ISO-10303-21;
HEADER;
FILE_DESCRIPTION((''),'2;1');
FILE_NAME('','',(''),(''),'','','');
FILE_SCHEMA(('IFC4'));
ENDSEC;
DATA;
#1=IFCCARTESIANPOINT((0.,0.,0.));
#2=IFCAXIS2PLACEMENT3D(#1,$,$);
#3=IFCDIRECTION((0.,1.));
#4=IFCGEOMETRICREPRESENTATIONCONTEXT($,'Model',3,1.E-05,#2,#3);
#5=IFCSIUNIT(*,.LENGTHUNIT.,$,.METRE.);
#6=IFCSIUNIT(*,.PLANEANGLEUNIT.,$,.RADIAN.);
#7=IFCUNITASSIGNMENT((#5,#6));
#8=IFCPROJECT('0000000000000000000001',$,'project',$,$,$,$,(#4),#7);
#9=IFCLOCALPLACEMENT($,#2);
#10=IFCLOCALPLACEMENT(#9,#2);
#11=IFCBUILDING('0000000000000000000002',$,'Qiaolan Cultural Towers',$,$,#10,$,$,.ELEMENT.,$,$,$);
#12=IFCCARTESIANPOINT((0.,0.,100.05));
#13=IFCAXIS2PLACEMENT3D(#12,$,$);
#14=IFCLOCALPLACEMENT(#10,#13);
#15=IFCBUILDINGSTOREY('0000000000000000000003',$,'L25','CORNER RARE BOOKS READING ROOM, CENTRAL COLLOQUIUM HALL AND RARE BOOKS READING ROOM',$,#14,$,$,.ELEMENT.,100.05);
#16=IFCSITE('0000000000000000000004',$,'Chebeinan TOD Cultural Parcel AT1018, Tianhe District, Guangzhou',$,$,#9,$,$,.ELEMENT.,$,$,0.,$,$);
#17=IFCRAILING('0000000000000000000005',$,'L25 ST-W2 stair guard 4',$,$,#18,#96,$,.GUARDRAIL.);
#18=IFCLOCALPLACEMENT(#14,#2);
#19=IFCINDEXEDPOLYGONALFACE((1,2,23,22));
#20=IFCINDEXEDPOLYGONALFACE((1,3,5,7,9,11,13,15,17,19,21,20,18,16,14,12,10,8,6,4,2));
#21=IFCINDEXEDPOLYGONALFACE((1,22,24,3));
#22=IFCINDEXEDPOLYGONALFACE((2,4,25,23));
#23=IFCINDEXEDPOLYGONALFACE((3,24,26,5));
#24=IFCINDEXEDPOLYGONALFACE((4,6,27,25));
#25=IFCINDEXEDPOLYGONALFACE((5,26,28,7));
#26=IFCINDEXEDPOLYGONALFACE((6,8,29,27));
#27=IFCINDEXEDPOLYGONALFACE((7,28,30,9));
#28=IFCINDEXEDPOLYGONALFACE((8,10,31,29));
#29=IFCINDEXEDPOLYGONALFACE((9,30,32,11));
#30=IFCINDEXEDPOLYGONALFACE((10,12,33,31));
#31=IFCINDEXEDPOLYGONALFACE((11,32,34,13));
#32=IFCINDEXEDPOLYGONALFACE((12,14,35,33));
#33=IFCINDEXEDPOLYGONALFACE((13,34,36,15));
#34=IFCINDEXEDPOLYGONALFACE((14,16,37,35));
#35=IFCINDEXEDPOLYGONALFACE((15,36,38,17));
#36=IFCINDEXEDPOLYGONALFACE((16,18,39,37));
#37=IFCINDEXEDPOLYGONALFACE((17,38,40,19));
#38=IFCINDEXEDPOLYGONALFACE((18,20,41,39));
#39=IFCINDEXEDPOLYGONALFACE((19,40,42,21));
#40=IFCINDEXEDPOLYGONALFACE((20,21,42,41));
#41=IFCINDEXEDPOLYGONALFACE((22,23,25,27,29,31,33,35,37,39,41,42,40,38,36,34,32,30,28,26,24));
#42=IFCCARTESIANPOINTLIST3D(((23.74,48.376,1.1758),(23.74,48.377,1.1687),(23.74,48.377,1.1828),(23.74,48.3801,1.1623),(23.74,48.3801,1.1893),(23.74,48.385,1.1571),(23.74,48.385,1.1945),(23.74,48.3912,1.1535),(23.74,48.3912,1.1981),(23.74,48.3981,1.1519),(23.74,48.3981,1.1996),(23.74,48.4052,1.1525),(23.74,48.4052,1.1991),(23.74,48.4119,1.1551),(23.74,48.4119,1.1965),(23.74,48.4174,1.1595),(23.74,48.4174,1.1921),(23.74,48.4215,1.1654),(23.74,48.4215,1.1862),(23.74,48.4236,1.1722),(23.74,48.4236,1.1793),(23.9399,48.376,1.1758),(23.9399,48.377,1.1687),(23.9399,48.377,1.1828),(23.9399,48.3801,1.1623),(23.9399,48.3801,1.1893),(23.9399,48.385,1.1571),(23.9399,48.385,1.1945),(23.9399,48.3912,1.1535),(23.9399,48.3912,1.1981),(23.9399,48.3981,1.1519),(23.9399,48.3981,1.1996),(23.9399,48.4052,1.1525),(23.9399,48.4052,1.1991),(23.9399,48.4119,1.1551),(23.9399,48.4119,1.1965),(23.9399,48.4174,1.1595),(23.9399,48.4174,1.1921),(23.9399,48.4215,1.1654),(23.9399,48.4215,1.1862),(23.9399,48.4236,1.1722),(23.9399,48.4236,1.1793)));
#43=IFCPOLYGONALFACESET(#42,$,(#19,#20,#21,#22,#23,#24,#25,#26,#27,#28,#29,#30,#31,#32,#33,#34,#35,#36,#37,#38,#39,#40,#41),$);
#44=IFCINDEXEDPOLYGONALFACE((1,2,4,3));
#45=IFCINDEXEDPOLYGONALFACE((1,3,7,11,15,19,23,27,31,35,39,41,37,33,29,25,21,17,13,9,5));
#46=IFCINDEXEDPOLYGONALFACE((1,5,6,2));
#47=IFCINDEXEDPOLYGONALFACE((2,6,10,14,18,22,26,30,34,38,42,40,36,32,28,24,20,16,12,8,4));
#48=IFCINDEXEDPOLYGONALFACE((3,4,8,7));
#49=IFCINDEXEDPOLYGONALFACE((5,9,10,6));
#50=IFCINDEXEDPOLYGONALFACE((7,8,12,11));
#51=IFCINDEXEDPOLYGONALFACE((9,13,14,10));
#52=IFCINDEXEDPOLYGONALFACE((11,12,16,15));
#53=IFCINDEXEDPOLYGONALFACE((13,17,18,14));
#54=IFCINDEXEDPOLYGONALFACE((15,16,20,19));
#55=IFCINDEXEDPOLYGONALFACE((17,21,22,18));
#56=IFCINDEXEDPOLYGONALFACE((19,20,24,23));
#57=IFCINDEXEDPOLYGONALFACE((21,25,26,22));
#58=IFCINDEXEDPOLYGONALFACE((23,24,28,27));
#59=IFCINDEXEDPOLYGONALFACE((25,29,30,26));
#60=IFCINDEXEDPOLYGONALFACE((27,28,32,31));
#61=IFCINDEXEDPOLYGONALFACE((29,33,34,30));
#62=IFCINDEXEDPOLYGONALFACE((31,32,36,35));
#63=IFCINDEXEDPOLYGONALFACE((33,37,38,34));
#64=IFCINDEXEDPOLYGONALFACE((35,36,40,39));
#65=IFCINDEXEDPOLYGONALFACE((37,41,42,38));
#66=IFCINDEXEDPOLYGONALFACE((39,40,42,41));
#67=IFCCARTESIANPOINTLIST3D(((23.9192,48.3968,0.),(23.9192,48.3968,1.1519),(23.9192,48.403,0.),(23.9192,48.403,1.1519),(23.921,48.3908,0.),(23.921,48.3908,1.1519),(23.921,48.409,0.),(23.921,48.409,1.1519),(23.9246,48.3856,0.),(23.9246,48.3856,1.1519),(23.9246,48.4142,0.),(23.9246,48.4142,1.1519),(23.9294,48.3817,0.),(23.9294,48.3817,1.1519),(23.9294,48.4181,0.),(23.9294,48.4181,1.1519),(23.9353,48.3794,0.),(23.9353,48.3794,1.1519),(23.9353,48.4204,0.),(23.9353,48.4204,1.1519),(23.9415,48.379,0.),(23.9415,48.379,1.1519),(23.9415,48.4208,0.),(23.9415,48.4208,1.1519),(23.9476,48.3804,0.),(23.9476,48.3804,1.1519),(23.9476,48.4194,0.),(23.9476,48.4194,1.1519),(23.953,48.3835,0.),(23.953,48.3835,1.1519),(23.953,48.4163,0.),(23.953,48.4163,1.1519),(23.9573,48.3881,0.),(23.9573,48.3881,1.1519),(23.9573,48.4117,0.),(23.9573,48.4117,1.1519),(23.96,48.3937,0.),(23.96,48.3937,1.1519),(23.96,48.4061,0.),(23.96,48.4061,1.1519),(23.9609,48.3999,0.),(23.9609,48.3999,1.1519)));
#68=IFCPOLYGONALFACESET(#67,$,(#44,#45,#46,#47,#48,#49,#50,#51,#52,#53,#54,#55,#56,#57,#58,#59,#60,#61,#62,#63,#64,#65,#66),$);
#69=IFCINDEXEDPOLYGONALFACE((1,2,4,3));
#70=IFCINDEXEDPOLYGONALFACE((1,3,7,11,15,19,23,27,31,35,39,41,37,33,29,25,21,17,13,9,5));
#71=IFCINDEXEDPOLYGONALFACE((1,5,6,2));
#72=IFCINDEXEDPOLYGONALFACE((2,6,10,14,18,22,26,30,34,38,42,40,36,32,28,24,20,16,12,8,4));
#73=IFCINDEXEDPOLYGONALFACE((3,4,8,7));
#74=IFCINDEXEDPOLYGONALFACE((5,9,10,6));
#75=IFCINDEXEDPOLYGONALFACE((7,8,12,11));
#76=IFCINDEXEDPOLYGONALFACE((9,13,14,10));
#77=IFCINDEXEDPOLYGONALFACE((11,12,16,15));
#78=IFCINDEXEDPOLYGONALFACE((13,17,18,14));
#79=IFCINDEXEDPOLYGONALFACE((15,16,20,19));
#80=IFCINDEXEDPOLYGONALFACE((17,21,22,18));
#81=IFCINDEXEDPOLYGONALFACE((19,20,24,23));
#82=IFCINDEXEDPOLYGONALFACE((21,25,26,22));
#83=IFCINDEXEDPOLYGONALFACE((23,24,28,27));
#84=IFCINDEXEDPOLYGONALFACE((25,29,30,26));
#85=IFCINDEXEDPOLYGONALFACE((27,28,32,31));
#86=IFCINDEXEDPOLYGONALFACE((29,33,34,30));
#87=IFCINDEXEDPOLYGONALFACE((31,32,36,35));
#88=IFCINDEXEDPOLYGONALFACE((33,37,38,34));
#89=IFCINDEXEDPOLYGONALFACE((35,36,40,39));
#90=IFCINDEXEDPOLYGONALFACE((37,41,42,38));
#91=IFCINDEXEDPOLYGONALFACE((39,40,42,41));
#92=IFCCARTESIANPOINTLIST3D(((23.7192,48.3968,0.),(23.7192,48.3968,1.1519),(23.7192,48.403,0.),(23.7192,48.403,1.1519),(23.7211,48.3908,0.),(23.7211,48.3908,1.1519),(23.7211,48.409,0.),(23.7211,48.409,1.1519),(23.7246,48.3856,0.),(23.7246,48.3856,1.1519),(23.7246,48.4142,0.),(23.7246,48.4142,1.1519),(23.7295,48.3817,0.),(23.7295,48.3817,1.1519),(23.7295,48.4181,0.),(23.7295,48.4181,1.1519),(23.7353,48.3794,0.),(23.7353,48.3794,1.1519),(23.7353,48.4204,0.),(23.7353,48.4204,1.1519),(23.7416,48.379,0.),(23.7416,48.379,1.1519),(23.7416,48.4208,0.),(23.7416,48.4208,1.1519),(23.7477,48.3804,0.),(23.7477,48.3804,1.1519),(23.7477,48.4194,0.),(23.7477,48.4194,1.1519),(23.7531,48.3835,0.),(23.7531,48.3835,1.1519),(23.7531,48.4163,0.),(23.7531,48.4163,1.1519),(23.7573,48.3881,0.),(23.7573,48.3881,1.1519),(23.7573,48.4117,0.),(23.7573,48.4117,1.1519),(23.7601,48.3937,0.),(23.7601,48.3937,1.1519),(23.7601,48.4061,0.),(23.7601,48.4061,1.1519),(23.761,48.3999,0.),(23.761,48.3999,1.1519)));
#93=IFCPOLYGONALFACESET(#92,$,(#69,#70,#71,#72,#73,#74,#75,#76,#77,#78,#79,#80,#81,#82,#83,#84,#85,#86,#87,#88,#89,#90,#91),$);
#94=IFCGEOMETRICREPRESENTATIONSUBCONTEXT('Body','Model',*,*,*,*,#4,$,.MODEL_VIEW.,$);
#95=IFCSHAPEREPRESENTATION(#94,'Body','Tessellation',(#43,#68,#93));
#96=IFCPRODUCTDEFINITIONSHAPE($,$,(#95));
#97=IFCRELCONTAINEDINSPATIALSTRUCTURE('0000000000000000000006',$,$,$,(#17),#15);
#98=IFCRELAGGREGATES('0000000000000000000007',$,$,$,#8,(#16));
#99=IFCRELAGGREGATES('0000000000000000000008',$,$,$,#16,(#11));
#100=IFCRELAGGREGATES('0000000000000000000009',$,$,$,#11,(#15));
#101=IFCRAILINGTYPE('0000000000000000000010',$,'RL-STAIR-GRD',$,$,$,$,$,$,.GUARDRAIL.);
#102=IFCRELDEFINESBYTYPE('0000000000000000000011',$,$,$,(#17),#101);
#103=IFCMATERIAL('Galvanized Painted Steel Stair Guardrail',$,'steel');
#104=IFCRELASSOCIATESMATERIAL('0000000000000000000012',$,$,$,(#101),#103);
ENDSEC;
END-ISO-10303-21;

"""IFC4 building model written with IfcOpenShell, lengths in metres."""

from ifc_helpers import new_model, si_unit, direction, frame, origin, origin_2d, place, context, subcontext, project, spatial, circle, extrude, material, type_object, element, save


model = new_model("IFC4")

# Units and contexts
model_context = context("Model", 3, precision=1e-05, world=origin(), true_north=direction((0.0, 1.0)))
body_context = subcontext(model_context, "Body", "Model", "MODEL_VIEW")
ifc_project = project(units=[si_unit("LENGTHUNIT", "METRE"), si_unit("PLANEANGLEUNIT", "RADIAN")], contexts=[model_context])

# Site, building, storey
site_placement = place(None, origin())
site = spatial("IfcSite", under=ifc_project, at=site_placement, Name="Chebeinan TOD Cultural Parcel AT1018, Tianhe District, Guangzhou", CompositionType="ELEMENT", RefElevation=0.0)
building_placement = place(site_placement, origin())
building = spatial("IfcBuilding", under=site, at=building_placement, Name="Qiaolan Cultural Towers", CompositionType="ELEMENT")
storey_placement = place(building_placement, frame((0.0, 0.0, 100.05)))
storey = spatial("IfcBuildingStorey", under=building, at=storey_placement, Name="L25", Description="CORNER RARE BOOKS READING ROOM, CENTRAL COLLOQUIUM HALL AND RARE BOOKS READING ROOM", CompositionType="ELEMENT", Elevation=100.05)

# Railing
ifc_material_1 = material(Name="Galvanized Painted Steel Stair Guardrail", Category="steel")
railing_type_1 = type_object("IfcRailingType", Name="RL-STAIR-GRD", PredefinedType="GUARDRAIL", material=ifc_material_1)
railing_1_placement = place(storey_placement, frame((23.9399, 48.3999, 0.0)))
element("IfcRailing", 1, at=railing_1_placement, inside=storey, type_object=railing_type_1, Name="L25 ST-W2 stair guard 4", PredefinedType="GUARDRAIL", context=body_context, shape_type="SweptSolid", body=[
    extrude(circle(Radius=0.0239, at=origin_2d()), frame((0.0, 0.0, 1.1758), z_axis=(-1.0, 0.0, 0.0), x_axis=(0.0, -1.0, 0.0)), (0.0, 0.0, 1.0), 0.2),
    extrude(circle(Radius=0.021, at=origin_2d()), origin(), (0.0, 0.0, 1.0), 1.1519),
    extrude(circle(Radius=0.021, at=origin_2d()), frame((-0.2, 0.0, 0.0)), (0.0, 0.0, 1.0), 1.1519),
])

save(model, "model.ifc")
